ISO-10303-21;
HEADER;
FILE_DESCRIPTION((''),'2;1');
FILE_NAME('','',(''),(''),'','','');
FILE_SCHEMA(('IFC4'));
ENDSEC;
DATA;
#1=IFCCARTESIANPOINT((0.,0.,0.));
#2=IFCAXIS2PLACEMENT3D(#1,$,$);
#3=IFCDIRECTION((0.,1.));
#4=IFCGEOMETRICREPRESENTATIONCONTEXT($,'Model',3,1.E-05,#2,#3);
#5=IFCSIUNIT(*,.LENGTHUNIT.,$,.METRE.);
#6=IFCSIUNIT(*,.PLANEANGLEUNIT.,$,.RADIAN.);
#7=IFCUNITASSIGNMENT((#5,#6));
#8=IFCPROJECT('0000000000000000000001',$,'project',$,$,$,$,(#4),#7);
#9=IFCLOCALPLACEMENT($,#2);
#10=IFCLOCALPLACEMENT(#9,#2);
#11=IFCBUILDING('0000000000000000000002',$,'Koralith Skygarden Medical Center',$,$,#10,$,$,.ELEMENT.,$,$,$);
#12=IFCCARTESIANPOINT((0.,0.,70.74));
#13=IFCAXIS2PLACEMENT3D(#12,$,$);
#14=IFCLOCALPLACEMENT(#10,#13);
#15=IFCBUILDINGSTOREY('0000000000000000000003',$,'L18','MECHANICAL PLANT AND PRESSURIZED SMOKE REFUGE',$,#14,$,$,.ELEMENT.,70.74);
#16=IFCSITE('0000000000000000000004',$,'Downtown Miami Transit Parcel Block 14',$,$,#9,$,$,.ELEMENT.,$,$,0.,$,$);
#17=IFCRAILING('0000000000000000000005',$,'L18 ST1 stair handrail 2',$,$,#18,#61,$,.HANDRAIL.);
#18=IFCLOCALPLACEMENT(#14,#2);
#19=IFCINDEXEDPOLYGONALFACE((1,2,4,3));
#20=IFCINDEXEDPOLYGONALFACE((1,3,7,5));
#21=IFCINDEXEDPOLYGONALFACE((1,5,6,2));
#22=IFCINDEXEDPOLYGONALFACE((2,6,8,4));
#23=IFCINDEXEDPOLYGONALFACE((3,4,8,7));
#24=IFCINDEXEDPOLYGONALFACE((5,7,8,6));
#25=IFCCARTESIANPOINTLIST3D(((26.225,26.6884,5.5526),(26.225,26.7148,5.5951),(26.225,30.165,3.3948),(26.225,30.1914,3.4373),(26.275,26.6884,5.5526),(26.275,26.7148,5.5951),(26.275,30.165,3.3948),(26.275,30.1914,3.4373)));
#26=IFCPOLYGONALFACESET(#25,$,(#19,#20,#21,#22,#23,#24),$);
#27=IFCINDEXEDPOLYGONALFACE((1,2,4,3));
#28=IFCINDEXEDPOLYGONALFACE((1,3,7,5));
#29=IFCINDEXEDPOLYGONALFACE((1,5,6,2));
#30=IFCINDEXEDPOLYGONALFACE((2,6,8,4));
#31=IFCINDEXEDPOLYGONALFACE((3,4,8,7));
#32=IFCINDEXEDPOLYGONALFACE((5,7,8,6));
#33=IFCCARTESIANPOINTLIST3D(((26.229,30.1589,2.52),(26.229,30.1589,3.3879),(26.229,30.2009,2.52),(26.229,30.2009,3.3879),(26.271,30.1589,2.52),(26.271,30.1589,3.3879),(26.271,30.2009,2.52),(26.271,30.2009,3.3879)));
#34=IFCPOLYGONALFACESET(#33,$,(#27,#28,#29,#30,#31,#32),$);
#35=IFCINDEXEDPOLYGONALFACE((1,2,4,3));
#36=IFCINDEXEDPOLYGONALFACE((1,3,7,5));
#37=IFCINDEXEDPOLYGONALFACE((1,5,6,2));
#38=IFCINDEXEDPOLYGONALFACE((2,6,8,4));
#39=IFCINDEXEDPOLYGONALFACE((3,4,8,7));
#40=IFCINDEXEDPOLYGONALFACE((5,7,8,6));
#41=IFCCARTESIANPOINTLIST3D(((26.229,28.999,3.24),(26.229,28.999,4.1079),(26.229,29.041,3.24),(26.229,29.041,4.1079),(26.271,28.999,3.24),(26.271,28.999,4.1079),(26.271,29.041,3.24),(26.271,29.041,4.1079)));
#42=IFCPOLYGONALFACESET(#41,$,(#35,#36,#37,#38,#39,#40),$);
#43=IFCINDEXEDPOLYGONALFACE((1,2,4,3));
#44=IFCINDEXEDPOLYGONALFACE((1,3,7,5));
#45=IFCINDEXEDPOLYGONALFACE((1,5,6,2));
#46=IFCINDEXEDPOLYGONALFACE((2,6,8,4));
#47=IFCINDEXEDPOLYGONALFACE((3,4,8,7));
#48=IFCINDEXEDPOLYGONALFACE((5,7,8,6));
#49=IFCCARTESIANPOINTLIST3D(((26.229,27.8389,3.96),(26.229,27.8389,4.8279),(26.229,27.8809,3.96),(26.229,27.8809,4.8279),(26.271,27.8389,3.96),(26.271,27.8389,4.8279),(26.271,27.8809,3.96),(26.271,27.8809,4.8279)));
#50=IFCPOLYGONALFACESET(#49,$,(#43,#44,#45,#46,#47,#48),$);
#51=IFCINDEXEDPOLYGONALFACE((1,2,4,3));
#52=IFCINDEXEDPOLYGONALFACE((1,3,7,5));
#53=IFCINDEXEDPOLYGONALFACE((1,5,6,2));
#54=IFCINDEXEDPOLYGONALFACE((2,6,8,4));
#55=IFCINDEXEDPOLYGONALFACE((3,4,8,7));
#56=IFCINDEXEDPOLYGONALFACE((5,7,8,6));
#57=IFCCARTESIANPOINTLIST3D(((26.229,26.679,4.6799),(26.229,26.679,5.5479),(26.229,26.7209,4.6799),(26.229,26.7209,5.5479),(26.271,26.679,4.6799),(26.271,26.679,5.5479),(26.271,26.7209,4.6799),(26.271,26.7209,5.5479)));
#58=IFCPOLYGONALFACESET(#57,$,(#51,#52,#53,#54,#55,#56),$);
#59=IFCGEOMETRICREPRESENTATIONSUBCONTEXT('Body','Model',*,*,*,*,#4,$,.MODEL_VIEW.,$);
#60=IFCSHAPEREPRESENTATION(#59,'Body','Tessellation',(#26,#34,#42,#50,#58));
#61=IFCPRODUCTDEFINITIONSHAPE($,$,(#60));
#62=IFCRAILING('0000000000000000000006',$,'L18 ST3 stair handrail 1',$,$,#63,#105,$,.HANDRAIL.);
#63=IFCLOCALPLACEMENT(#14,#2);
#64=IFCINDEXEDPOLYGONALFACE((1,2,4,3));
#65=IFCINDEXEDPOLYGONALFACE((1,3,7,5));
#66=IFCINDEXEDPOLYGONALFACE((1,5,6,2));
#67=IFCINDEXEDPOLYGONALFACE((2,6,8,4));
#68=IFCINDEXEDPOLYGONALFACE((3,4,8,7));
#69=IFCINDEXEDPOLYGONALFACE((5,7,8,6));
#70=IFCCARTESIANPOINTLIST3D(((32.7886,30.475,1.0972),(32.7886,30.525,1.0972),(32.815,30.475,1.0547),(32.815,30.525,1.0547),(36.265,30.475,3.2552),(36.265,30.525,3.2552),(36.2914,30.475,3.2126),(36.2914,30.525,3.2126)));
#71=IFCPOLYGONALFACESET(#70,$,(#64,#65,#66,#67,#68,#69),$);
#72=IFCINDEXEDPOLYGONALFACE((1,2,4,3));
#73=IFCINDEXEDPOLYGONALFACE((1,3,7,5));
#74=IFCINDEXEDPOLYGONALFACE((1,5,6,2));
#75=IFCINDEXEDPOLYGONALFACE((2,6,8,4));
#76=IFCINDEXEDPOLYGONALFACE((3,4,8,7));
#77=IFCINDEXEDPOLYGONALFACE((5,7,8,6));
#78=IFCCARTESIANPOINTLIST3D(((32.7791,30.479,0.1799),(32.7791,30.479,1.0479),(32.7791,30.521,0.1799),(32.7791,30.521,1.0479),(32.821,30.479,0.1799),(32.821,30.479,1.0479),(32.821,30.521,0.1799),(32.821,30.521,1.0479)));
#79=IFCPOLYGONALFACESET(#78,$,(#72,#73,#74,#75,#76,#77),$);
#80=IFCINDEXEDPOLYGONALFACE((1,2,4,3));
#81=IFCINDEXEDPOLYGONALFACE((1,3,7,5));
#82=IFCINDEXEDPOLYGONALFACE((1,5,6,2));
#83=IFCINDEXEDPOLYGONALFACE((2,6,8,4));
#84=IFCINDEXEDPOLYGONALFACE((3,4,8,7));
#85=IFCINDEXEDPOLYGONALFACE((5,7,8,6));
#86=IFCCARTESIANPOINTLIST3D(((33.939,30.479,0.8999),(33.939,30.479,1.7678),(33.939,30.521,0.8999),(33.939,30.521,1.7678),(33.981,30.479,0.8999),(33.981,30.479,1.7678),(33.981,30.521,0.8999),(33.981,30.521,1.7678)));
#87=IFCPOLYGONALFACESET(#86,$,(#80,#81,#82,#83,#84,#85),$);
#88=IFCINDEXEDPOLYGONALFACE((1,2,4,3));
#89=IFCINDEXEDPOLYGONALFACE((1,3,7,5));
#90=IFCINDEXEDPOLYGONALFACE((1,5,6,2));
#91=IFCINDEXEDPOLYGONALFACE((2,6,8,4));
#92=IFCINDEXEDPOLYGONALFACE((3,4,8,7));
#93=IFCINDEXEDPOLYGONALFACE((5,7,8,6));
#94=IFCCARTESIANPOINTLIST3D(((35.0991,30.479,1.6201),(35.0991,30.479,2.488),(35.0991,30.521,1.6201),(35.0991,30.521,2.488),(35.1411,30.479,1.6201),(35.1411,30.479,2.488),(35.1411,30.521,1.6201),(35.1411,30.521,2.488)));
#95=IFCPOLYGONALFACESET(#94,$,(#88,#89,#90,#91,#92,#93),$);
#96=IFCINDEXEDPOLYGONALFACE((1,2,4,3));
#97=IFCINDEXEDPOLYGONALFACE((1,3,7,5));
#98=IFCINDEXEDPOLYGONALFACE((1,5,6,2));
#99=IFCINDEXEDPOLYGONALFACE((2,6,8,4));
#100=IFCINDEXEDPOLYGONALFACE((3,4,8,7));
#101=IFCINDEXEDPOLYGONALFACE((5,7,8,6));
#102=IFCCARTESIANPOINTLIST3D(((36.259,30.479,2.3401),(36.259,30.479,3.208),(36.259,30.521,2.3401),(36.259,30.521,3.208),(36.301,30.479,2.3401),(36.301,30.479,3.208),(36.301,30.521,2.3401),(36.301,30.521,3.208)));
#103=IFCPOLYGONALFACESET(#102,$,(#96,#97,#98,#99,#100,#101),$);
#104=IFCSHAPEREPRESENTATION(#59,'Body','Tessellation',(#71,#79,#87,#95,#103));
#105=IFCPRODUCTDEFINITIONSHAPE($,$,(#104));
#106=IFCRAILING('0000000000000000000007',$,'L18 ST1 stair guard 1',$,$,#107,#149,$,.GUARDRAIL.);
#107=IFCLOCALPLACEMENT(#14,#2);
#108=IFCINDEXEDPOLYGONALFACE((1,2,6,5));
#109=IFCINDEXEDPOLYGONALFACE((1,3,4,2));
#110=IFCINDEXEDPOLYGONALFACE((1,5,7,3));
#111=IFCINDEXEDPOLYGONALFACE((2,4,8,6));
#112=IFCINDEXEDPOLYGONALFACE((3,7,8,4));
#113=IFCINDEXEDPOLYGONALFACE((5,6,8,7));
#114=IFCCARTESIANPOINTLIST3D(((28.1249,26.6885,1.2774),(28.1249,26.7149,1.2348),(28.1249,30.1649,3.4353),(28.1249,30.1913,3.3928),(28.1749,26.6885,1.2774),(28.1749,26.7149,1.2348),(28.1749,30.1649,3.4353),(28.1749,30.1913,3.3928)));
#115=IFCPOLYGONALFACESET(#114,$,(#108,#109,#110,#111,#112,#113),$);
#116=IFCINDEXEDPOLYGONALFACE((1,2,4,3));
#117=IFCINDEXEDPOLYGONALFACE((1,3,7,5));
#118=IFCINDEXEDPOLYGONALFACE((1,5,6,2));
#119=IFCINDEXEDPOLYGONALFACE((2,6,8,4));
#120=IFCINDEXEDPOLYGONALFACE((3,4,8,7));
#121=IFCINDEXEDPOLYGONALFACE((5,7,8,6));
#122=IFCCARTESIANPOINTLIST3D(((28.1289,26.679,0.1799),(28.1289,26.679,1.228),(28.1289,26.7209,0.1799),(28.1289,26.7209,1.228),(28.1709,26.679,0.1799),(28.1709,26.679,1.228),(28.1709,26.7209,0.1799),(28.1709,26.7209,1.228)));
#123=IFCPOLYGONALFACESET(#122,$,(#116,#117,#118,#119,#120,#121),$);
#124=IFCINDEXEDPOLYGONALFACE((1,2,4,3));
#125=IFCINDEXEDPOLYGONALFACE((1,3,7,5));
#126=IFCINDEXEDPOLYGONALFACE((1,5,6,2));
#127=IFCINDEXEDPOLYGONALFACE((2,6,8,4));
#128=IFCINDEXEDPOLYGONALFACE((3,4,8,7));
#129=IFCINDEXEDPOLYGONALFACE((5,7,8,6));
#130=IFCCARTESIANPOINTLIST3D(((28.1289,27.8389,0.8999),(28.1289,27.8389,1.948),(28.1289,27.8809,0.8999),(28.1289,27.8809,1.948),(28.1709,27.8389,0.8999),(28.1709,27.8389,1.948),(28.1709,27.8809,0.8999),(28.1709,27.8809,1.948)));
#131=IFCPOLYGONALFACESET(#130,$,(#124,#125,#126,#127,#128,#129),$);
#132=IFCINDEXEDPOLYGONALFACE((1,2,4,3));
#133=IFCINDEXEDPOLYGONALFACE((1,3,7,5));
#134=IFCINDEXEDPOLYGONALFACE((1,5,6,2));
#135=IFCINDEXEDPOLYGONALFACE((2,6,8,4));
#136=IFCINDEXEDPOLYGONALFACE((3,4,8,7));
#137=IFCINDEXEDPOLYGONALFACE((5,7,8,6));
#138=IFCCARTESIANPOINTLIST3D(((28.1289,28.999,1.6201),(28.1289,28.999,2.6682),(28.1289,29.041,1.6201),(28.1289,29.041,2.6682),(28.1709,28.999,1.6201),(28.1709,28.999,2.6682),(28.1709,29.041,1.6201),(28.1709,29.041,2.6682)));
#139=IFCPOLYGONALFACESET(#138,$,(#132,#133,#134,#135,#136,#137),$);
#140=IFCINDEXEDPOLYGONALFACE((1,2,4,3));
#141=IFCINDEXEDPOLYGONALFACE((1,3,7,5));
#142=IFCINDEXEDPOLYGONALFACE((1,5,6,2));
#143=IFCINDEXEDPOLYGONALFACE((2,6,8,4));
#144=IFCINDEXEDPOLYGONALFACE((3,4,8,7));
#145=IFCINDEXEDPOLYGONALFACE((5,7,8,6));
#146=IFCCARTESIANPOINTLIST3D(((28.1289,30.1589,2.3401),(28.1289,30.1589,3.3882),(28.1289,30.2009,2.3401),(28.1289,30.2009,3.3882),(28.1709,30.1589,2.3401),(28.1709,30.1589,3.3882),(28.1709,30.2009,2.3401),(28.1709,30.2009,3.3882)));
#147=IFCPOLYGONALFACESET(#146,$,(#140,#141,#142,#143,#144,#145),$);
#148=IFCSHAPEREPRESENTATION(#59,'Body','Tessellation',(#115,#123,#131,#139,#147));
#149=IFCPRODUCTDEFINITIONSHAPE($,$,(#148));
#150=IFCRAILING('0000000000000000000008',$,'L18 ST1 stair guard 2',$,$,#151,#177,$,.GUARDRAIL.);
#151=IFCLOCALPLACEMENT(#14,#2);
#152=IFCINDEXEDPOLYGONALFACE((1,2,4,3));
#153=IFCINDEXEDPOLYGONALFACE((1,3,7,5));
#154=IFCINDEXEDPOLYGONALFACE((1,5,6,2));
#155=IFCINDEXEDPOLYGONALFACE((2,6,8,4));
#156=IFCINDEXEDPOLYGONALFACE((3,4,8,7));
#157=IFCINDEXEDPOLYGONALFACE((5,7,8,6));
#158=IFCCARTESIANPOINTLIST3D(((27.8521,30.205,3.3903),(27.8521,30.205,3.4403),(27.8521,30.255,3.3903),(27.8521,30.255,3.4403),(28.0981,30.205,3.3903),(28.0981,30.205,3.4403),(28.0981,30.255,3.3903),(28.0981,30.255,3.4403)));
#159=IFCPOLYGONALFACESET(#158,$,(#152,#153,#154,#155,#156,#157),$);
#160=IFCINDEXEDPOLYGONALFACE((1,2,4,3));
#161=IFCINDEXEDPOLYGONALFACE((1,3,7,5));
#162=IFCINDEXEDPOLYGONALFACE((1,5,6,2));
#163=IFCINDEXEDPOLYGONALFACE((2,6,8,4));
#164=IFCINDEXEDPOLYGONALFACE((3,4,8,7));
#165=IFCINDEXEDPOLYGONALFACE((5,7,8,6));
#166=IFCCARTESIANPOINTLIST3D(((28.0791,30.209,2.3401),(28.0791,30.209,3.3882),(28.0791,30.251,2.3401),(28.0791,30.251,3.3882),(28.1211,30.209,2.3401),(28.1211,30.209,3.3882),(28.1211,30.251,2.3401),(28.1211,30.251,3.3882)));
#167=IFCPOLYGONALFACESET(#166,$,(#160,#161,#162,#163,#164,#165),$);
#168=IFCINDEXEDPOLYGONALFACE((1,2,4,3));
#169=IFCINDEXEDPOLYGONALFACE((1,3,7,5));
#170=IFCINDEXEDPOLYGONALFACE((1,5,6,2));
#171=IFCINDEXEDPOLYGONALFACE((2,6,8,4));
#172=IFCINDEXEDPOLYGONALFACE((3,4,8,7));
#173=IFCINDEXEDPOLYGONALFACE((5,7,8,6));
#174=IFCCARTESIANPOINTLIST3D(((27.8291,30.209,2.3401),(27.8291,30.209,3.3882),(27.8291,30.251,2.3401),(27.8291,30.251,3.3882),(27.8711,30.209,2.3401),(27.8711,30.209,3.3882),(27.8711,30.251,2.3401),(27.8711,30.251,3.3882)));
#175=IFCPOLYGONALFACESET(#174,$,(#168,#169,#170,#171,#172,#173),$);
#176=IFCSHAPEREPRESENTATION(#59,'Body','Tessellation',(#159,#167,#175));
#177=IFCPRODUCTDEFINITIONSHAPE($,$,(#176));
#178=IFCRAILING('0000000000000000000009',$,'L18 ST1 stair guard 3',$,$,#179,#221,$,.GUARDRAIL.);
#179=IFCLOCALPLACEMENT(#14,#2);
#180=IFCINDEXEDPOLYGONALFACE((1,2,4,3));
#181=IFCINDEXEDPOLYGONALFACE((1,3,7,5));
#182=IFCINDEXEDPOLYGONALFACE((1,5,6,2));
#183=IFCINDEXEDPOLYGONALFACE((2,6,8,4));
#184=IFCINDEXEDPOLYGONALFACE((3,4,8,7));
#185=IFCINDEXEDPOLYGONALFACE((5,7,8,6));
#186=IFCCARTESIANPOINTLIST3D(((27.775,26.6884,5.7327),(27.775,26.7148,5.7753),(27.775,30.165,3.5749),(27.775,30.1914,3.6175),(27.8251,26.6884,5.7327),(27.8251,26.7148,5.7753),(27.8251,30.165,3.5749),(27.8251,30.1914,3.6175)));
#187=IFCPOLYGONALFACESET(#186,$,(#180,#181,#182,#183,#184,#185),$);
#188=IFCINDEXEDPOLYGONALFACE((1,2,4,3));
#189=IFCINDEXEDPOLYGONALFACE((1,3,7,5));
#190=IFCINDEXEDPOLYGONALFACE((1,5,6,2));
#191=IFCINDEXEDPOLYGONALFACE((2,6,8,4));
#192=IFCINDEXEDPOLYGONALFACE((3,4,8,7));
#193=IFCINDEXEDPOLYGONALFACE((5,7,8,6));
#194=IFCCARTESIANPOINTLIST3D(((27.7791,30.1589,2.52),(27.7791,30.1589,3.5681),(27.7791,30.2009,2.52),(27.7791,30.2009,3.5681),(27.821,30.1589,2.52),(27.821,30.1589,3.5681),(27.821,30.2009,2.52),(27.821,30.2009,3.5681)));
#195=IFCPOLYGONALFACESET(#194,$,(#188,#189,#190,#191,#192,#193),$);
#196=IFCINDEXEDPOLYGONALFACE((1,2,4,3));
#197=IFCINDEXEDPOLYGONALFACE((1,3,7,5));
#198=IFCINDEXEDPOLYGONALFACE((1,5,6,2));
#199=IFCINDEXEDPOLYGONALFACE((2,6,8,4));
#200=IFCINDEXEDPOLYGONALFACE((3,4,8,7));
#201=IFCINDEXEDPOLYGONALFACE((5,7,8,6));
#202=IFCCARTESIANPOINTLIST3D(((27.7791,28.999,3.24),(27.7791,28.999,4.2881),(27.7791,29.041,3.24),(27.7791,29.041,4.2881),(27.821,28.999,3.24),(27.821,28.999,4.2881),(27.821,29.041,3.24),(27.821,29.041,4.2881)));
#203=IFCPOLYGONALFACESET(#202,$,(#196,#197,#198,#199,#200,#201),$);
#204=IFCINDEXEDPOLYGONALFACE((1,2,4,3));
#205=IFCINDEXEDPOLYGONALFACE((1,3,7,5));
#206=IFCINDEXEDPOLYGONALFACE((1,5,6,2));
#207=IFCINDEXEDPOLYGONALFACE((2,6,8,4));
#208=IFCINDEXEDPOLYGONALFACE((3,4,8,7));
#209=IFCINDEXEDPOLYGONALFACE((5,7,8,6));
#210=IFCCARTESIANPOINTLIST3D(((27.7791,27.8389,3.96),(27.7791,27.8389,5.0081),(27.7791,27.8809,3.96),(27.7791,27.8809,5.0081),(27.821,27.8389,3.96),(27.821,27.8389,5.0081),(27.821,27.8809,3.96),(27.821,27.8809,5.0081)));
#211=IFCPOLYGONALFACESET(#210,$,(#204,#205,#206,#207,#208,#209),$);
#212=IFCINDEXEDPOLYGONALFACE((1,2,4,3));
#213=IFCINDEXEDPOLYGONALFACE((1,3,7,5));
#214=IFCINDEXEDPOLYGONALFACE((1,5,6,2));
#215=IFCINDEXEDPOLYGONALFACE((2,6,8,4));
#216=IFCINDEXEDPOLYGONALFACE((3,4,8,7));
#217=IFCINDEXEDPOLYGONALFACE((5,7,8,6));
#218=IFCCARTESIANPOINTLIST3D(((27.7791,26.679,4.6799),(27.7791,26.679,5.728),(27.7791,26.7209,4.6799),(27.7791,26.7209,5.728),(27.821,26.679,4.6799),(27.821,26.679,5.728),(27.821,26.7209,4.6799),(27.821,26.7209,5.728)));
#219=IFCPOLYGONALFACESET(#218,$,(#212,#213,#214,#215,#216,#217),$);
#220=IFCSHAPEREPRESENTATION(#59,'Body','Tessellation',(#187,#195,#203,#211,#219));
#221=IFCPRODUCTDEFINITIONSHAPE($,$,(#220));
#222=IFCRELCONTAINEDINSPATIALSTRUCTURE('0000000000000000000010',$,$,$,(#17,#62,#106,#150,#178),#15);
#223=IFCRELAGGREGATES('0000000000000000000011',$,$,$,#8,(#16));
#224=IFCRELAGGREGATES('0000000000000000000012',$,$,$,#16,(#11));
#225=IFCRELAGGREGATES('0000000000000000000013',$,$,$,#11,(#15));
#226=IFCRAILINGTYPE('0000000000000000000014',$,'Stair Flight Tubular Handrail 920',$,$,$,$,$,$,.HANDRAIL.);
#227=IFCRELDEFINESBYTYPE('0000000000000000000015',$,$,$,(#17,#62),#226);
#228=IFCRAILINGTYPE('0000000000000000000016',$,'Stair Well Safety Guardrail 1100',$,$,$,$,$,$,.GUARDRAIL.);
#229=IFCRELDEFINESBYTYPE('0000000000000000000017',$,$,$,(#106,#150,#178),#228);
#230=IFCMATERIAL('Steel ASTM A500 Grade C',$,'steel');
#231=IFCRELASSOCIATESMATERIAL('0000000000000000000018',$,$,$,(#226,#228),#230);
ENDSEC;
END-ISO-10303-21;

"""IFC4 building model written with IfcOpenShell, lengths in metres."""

from ifc_helpers import new_model, si_unit, direction, frame, origin, origin_2d, place, context, subcontext, project, spatial, rectangle, extrude, material, type_object, element, save


model = new_model("IFC4")

# Units and contexts
model_context = context("Model", 3, precision=1e-05, world=origin(), true_north=direction((0.0, 1.0)))
body_context = subcontext(model_context, "Body", "Model", "MODEL_VIEW")
ifc_project = project(units=[si_unit("LENGTHUNIT", "METRE"), si_unit("PLANEANGLEUNIT", "RADIAN")], contexts=[model_context])

# Site, building, storey
site_placement = place(None, origin())
site = spatial("IfcSite", under=ifc_project, at=site_placement, Name="Downtown Miami Transit Parcel Block 14", CompositionType="ELEMENT", RefElevation=0.0)
building_placement = place(site_placement, origin())
building = spatial("IfcBuilding", under=site, at=building_placement, Name="Koralith Skygarden Medical Center", CompositionType="ELEMENT")
storey_placement = place(building_placement, frame((0.0, 0.0, 70.74)))
storey = spatial("IfcBuildingStorey", under=building, at=storey_placement, Name="L18", Description="MECHANICAL PLANT AND PRESSURIZED SMOKE REFUGE", CompositionType="ELEMENT", Elevation=70.74)

# Shared definitions
ifc_material_1 = material(Name="Steel ASTM A500 Grade C", Category="steel")

# Railings
railing_type_1 = type_object("IfcRailingType", Name="Stair Flight Tubular Handrail 920", PredefinedType="HANDRAIL", material=ifc_material_1)
railing_1_placement = place(storey_placement, frame((26.25, 30.1799, 2.52)))
element("IfcRailing", 1, at=railing_1_placement, inside=storey, type_object=railing_type_1, Name="L18 ST1 stair handrail 2", PredefinedType="HANDRAIL", context=body_context, shape_type="SweptSolid", body=[
    extrude(rectangle(XDim=0.05, YDim=0.05, at=origin_2d()), frame((0.0, -0.0017, 0.896), z_axis=(0.0, -0.849648, 0.52735), x_axis=(1.0, 0.0, 0.0)), (0.0, 0.0, 1.0), 4.0918),
    extrude(rectangle(XDim=0.042, YDim=0.042, at=origin_2d()), origin(), (0.0, 0.0, 1.0), 0.8679),
    extrude(rectangle(XDim=0.042, YDim=0.042, at=origin_2d()), frame((0.0, -1.1599, 0.72)), (0.0, 0.0, 1.0), 0.8679),
    extrude(rectangle(XDim=0.042, YDim=0.042, at=origin_2d()), frame((0.0, -2.3201, 1.4399)), (0.0, 0.0, 1.0), 0.8679),
    extrude(rectangle(XDim=0.042, YDim=0.042, at=origin_2d()), frame((0.0, -3.48, 2.1599)), (0.0, 0.0, 1.0), 0.8679),
])
railing_2_placement = place(storey_placement, frame((32.8, 30.5, 0.1799)))
element("IfcRailing", 2, at=railing_2_placement, inside=storey, type_object=railing_type_1, Name="L18 ST3 stair handrail 1", PredefinedType="HANDRAIL", context=body_context, shape_type="SweptSolid", body=[
    extrude(rectangle(XDim=0.05, YDim=0.05, at=origin_2d()), frame((0.0017, 0.0, 0.896), z_axis=(0.849622, 0.0, 0.527393), x_axis=(0.0, 1.0, 0.0)), (0.0, 0.0, 1.0), 4.0918),
    extrude(rectangle(XDim=0.042, YDim=0.042, at=origin_2d()), origin(), (0.0, 0.0, 1.0), 0.8679),
    extrude(rectangle(XDim=0.042, YDim=0.042, at=origin_2d()), frame((1.1599, 0.0, 0.72)), (0.0, 0.0, 1.0), 0.8679),
    extrude(rectangle(XDim=0.042, YDim=0.042, at=origin_2d()), frame((2.3201, 0.0, 1.4402)), (0.0, 0.0, 1.0), 0.8679),
    extrude(rectangle(XDim=0.042, YDim=0.042, at=origin_2d()), frame((3.48, 0.0, 2.1602)), (0.0, 0.0, 1.0), 0.8679),
])
railing_type_2 = type_object("IfcRailingType", Name="Stair Well Safety Guardrail 1100", PredefinedType="GUARDRAIL", material=ifc_material_1)
railing_3_placement = place(storey_placement, frame((28.1499, 26.7, 0.1799)))
element("IfcRailing", 3, at=railing_3_placement, inside=storey, type_object=railing_type_2, Name="L18 ST1 stair guard 1", PredefinedType="GUARDRAIL", context=body_context, shape_type="SweptSolid", body=[
    extrude(rectangle(XDim=0.05, YDim=0.05, at=origin_2d()), frame((0.0, 0.0017, 1.0762), z_axis=(0.0, 0.849622, 0.527393), x_axis=(-1.0, 0.0, 0.0)), (0.0, 0.0, 1.0), 4.0918),
    extrude(rectangle(XDim=0.042, YDim=0.042, at=origin_2d()), origin(), (0.0, 0.0, 1.0), 1.0481),
    extrude(rectangle(XDim=0.042, YDim=0.042, at=origin_2d()), frame((0.0, 1.1599, 0.72)), (0.0, 0.0, 1.0), 1.0481),
    extrude(rectangle(XDim=0.042, YDim=0.042, at=origin_2d()), frame((0.0, 2.3201, 1.4402)), (0.0, 0.0, 1.0), 1.0481),
    extrude(rectangle(XDim=0.042, YDim=0.042, at=origin_2d()), frame((0.0, 3.48, 2.1602)), (0.0, 0.0, 1.0), 1.0481),
])
railing_4_placement = place(storey_placement, frame((28.1001, 30.23, 2.3401)))
element("IfcRailing", 4, at=railing_4_placement, inside=storey, type_object=railing_type_2, Name="L18 ST1 stair guard 2", PredefinedType="GUARDRAIL", context=body_context, shape_type="SweptSolid", body=[
    extrude(rectangle(XDim=0.05, YDim=0.05, at=origin_2d()), frame((-0.002, 0.0, 1.0752), z_axis=(-1.0, 0.0, 0.0), x_axis=(0.0, -1.0, 0.0)), (0.0, 0.0, 1.0), 0.2461),
    extrude(rectangle(XDim=0.042, YDim=0.042, at=origin_2d()), origin(), (0.0, 0.0, 1.0), 1.0481),
    extrude(rectangle(XDim=0.042, YDim=0.042, at=origin_2d()), frame((-0.25, 0.0, 0.0)), (0.0, 0.0, 1.0), 1.0481),
])
railing_5_placement = place(storey_placement, frame((27.8, 30.1799, 2.52)))
element("IfcRailing", 5, at=railing_5_placement, inside=storey, type_object=railing_type_2, Name="L18 ST1 stair guard 3", PredefinedType="GUARDRAIL", context=body_context, shape_type="SweptSolid", body=[
    extrude(rectangle(XDim=0.05, YDim=0.05, at=origin_2d()), frame((0.0, -0.0017, 1.0762), z_axis=(0.0, -0.849648, 0.52735), x_axis=(1.0, 0.0, 0.0)), (0.0, 0.0, 1.0), 4.0918),
    extrude(rectangle(XDim=0.042, YDim=0.042, at=origin_2d()), origin(), (0.0, 0.0, 1.0), 1.0481),
    extrude(rectangle(XDim=0.042, YDim=0.042, at=origin_2d()), frame((0.0, -1.1599, 0.72)), (0.0, 0.0, 1.0), 1.0481),
    extrude(rectangle(XDim=0.042, YDim=0.042, at=origin_2d()), frame((0.0, -2.3201, 1.4399)), (0.0, 0.0, 1.0), 1.0481),
    extrude(rectangle(XDim=0.042, YDim=0.042, at=origin_2d()), frame((0.0, -3.48, 2.1599)), (0.0, 0.0, 1.0), 1.0481),
])

save(model, "model.ifc")
